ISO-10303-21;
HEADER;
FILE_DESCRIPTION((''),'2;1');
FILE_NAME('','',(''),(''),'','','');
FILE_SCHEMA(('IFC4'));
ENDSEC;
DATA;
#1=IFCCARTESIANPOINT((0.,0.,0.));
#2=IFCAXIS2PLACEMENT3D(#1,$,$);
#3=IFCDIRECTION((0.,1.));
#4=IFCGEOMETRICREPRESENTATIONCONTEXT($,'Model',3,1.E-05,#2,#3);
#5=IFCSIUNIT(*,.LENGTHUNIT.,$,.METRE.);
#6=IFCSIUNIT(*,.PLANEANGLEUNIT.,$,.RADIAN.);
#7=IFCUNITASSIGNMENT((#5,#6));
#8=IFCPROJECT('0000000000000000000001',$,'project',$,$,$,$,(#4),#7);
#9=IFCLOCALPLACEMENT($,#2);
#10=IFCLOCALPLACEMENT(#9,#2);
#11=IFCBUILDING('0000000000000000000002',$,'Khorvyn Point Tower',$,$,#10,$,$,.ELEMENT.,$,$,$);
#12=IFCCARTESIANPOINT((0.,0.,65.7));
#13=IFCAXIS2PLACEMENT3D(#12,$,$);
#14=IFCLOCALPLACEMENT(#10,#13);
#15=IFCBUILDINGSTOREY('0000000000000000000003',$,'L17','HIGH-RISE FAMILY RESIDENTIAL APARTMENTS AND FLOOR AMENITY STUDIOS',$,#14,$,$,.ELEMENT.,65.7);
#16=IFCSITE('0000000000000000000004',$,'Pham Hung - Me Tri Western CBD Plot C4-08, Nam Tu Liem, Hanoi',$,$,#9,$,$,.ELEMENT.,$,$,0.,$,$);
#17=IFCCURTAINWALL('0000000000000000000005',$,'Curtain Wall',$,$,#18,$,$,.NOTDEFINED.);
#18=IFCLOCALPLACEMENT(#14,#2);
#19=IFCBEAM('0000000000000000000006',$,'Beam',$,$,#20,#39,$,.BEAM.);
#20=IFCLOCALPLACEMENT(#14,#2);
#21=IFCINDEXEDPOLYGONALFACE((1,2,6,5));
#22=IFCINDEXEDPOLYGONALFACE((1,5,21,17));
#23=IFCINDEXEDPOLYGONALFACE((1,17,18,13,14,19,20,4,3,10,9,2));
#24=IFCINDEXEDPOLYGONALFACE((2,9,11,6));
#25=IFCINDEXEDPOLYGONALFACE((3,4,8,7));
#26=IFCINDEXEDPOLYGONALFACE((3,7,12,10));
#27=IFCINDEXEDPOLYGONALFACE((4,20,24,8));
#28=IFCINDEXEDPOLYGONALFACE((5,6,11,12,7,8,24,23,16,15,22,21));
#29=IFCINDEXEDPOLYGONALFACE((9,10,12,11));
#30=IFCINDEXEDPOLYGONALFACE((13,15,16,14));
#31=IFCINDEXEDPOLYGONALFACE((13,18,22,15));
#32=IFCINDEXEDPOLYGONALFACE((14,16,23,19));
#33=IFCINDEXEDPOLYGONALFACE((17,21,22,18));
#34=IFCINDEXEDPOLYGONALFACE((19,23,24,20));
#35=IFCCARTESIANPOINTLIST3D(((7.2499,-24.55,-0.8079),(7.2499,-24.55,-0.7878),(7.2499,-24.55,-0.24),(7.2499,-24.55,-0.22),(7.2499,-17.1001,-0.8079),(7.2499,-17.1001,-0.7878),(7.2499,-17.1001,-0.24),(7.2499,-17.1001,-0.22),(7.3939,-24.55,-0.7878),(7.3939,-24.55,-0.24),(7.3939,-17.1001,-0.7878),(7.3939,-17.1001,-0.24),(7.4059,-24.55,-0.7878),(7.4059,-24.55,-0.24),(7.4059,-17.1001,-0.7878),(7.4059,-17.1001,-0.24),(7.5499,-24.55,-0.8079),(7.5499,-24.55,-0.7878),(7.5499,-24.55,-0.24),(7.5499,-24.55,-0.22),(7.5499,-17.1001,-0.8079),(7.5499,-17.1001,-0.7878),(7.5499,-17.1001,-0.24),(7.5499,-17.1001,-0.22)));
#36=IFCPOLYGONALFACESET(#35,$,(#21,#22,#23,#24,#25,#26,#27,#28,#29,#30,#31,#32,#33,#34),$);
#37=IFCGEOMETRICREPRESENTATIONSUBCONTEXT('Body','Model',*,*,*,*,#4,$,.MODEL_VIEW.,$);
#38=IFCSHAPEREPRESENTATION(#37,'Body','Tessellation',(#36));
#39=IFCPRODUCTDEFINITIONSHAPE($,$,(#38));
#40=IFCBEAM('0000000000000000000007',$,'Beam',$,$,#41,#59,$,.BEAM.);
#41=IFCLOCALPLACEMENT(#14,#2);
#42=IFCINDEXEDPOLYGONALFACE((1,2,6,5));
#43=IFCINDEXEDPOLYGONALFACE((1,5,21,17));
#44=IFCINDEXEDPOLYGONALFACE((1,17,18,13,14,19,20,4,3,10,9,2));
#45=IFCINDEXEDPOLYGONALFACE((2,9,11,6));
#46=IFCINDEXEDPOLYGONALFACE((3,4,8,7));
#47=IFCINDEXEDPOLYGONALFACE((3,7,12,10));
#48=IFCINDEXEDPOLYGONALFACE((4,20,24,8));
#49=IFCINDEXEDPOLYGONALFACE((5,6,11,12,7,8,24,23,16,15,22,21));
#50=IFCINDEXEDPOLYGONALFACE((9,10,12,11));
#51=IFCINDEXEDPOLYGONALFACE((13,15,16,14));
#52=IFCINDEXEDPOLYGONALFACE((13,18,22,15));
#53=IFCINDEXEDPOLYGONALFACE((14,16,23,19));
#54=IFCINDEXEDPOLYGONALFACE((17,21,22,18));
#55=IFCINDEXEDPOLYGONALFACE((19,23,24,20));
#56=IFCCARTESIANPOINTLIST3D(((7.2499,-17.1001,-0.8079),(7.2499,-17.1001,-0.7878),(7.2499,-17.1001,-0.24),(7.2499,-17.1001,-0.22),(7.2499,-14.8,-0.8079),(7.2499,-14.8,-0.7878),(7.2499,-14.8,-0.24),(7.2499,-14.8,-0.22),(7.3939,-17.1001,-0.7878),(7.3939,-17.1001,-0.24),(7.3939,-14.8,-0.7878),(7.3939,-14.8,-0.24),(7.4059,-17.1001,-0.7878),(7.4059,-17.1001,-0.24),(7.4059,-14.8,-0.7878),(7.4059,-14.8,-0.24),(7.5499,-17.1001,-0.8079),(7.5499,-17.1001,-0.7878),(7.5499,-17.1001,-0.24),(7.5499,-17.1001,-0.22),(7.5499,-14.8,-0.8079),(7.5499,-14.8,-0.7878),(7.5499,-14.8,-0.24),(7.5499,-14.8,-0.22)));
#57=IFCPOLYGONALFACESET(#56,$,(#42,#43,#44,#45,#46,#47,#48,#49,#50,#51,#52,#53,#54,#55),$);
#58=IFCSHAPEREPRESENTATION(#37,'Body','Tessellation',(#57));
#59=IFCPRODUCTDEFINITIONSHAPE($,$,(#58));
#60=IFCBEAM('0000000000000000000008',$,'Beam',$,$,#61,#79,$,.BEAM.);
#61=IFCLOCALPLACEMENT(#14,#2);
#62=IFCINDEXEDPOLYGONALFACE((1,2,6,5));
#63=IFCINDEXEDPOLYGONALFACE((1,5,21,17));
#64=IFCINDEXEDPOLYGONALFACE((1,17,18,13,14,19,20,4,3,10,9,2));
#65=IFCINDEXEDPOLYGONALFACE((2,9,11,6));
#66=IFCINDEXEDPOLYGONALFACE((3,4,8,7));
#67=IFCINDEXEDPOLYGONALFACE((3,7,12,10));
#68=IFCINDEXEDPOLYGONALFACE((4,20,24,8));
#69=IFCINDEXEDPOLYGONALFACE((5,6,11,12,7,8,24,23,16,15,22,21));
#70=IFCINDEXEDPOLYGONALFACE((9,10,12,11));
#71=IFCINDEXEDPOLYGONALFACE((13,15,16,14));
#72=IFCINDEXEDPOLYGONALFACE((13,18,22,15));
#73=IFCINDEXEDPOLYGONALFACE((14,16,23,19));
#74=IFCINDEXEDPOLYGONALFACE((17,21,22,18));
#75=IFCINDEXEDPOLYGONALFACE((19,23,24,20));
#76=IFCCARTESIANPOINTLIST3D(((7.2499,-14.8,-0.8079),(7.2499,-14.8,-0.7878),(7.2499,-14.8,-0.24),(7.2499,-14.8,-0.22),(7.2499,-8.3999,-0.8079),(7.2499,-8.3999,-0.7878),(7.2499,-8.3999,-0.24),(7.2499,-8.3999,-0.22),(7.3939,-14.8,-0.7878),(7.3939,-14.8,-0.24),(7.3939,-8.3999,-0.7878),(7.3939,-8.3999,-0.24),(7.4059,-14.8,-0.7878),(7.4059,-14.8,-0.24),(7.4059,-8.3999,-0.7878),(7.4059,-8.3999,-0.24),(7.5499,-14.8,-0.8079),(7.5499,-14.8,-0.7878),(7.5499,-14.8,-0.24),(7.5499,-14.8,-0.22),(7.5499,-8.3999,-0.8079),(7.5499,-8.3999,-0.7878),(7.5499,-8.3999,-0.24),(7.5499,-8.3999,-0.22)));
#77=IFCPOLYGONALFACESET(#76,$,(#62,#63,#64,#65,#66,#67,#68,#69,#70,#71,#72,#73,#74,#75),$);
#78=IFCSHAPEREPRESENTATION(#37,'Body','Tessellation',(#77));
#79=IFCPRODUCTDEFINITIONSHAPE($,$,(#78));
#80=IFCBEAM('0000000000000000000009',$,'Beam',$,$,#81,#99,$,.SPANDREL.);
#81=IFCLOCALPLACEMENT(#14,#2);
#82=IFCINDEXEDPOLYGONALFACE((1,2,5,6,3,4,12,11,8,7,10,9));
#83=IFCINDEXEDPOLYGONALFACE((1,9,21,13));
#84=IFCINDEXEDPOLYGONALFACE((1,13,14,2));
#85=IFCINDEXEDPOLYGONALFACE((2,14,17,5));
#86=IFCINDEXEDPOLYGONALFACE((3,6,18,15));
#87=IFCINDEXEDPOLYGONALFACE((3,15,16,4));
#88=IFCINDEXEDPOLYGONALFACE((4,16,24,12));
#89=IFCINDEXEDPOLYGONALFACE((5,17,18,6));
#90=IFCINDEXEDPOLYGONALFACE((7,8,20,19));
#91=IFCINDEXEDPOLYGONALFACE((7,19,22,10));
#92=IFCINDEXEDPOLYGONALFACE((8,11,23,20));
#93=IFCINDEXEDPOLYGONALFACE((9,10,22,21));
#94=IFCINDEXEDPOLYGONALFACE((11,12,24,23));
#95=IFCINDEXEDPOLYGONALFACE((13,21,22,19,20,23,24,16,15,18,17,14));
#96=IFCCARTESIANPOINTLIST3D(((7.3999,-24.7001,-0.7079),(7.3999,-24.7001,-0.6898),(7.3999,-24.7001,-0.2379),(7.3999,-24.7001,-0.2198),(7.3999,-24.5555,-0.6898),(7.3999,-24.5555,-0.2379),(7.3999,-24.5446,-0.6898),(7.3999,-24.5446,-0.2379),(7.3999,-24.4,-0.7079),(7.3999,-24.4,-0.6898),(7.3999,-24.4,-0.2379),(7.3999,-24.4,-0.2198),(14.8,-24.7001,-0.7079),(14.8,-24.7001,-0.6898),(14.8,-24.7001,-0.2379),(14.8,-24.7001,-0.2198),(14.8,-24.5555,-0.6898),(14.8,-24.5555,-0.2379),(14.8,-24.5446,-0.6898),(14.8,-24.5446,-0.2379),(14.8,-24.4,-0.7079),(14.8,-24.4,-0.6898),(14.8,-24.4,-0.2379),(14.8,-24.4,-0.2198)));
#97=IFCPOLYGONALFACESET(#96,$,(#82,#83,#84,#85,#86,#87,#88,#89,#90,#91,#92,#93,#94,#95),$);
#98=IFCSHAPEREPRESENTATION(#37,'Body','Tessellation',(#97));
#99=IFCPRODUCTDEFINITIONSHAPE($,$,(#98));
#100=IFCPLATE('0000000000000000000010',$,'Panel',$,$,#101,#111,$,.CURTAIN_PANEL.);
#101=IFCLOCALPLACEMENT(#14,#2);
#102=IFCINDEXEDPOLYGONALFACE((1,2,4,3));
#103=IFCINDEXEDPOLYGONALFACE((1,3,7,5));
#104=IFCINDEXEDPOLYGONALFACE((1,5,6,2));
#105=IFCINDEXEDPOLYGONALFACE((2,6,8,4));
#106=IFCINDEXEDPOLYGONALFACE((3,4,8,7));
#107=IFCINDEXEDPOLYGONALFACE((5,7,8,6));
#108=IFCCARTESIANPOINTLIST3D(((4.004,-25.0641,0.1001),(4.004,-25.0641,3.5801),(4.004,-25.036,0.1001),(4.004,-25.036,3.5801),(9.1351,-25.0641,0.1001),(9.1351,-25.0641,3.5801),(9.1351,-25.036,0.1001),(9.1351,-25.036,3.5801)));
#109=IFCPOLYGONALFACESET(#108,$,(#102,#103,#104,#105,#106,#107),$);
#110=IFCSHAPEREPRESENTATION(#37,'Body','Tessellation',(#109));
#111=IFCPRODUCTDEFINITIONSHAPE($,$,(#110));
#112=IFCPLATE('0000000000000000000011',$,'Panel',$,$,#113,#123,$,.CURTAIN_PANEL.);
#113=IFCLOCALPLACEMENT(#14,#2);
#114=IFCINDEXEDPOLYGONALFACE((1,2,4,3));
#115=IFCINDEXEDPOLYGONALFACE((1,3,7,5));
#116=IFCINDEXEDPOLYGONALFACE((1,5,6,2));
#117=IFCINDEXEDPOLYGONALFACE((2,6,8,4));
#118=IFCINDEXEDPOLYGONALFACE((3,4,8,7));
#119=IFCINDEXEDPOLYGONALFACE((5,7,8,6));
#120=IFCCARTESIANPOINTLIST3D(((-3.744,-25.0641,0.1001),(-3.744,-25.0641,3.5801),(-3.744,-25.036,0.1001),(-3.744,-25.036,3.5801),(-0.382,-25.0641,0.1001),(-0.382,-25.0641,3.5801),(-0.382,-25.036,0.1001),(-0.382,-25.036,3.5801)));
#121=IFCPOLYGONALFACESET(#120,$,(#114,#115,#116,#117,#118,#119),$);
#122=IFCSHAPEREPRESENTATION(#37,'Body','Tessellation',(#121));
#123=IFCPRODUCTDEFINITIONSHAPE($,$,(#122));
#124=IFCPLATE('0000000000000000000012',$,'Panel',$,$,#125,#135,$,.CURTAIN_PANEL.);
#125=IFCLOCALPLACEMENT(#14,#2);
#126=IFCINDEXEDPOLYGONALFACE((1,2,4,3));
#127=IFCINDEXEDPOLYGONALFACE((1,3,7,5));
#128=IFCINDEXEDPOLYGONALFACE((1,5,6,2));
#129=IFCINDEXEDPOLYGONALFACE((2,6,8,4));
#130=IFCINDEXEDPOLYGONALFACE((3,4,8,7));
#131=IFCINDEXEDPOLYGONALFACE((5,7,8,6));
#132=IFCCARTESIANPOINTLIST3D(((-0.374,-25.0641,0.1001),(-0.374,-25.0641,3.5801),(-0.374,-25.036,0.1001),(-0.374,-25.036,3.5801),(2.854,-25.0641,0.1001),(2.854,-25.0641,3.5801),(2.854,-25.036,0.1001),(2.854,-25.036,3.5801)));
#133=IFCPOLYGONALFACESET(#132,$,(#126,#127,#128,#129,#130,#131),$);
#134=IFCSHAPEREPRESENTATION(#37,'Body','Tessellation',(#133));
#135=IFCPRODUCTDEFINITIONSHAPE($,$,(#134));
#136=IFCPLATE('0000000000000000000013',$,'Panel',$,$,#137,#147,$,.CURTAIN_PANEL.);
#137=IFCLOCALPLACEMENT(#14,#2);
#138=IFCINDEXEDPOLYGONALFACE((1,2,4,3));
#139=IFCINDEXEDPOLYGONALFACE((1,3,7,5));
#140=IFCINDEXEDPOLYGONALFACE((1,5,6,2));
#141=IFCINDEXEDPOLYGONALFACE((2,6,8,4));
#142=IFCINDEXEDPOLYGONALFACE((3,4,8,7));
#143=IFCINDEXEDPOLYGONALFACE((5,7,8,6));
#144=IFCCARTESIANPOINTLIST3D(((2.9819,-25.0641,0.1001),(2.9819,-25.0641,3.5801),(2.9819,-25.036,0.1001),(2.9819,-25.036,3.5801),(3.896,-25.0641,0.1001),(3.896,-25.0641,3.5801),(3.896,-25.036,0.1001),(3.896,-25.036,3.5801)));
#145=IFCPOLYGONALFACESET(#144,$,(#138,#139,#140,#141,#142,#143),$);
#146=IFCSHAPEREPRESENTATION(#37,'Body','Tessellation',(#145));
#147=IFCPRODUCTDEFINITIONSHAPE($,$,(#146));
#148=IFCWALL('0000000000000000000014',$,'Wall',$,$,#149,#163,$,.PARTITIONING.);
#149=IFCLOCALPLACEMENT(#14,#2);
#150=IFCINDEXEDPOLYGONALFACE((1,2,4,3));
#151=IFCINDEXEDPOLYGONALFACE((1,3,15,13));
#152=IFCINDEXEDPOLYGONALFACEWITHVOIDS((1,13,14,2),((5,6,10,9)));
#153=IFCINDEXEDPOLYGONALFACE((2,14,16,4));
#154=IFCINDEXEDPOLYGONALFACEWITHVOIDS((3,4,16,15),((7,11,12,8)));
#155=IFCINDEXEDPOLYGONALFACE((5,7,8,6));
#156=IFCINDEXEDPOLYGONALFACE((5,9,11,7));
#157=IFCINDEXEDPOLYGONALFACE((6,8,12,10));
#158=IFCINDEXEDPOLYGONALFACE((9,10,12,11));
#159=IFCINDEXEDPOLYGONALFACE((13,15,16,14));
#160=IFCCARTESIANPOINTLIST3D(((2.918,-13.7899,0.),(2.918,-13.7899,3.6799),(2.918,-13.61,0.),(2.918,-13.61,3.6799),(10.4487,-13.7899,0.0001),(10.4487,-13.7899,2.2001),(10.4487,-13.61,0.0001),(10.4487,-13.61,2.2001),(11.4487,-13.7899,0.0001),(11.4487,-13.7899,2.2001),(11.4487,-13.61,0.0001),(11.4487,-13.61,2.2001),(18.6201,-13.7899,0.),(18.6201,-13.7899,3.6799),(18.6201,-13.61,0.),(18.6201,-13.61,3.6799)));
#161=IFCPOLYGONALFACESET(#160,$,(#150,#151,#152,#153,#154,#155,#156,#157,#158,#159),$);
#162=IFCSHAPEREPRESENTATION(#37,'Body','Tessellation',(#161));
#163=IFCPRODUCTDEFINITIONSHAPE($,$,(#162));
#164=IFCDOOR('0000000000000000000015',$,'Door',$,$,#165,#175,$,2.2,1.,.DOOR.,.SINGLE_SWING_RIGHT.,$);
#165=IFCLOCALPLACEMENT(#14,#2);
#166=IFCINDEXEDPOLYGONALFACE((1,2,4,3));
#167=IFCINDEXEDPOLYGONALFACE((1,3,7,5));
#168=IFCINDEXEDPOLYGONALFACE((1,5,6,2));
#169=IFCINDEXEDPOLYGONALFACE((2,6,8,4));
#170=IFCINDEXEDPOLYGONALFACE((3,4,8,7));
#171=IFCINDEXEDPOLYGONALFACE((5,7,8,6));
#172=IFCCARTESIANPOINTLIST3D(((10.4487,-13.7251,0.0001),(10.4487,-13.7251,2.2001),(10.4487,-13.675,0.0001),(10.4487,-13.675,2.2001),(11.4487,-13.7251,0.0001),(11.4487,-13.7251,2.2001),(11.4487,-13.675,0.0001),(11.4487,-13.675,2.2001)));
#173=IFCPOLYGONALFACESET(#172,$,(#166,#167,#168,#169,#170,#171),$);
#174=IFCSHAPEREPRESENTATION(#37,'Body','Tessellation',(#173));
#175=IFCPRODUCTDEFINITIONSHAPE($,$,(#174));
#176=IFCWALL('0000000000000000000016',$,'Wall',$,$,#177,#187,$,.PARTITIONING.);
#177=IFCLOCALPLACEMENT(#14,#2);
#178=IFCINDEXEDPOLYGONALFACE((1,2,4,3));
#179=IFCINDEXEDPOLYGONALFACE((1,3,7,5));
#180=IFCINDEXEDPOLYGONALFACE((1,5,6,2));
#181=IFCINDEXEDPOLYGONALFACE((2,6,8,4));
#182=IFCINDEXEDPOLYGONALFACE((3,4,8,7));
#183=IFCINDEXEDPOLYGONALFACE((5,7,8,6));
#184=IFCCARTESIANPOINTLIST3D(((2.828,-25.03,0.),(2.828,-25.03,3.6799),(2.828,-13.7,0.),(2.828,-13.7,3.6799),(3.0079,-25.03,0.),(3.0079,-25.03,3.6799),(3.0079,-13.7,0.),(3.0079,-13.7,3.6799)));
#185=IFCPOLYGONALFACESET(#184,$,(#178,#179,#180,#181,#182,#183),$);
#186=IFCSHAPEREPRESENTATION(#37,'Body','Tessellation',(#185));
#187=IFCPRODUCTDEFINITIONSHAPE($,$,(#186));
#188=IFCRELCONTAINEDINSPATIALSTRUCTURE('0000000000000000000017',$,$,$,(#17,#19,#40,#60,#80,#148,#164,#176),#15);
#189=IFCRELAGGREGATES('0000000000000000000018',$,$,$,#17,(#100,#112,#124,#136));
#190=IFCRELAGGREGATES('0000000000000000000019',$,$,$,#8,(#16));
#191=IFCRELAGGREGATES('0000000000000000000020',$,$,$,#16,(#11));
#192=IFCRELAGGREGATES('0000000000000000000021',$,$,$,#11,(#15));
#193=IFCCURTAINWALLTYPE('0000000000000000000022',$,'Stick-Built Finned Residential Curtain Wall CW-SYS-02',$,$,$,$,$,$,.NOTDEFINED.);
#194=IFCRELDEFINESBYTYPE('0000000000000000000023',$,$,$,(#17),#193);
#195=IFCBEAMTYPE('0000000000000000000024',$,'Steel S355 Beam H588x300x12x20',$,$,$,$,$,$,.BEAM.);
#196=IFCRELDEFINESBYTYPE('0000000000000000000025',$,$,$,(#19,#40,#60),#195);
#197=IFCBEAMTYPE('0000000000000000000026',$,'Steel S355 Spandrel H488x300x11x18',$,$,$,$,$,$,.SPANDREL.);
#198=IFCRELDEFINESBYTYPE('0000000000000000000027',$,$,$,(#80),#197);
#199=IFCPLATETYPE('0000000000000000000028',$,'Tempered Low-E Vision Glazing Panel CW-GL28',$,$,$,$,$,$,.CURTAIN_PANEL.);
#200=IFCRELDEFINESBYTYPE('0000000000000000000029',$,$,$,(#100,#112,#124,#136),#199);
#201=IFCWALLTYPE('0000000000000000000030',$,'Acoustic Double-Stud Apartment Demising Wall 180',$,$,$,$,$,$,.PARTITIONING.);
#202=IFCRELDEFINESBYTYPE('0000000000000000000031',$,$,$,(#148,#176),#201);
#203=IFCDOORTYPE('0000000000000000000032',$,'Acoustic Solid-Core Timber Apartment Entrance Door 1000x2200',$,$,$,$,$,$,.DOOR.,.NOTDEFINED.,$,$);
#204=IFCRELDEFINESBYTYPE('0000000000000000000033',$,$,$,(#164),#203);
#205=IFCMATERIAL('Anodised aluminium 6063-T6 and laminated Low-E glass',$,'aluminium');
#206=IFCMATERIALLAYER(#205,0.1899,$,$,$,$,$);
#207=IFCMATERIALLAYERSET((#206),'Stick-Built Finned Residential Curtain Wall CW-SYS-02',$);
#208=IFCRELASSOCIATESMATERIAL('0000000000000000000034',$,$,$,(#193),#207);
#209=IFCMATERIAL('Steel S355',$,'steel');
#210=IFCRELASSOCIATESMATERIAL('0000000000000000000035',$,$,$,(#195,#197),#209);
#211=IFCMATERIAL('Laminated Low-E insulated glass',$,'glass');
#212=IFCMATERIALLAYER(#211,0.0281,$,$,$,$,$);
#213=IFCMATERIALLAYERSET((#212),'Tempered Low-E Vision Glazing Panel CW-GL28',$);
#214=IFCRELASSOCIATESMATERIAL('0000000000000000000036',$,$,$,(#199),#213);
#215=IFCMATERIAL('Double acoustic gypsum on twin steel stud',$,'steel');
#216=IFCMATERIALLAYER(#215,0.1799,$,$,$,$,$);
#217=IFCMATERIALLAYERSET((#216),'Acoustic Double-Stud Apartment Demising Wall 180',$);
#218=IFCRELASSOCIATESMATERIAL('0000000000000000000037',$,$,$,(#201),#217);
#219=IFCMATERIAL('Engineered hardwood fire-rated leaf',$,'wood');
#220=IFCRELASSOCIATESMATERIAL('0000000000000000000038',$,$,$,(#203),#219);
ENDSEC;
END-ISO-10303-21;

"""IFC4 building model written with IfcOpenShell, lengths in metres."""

from ifc_helpers import new_model, si_unit, direction, frame, frame_2d, origin, origin_2d, place, context, subcontext, project, spatial, rectangle, i_section, extrude, material, layer, layer_set, material_profile, profile_set, type_object, element, fill, aggregate, save


model = new_model("IFC4")

# Units and contexts
model_context = context("Model", 3, precision=1e-05, world=origin(), true_north=direction((0.0, 1.0)))
body_context = subcontext(model_context, "Body", "Model", "MODEL_VIEW")
ifc_project = project(units=[si_unit("LENGTHUNIT", "METRE"), si_unit("PLANEANGLEUNIT", "RADIAN")], contexts=[model_context])

# Site, building, storey
site_placement = place(None, origin())
site = spatial("IfcSite", under=ifc_project, at=site_placement, Name="Pham Hung - Me Tri Western CBD Plot C4-08, Nam Tu Liem, Hanoi", CompositionType="ELEMENT", RefElevation=0.0)
building_placement = place(site_placement, origin())
building = spatial("IfcBuilding", under=site, at=building_placement, Name="Khorvyn Point Tower", CompositionType="ELEMENT")
storey_placement = place(building_placement, frame((0.0, 0.0, 65.7)))
storey = spatial("IfcBuildingStorey", under=building, at=storey_placement, Name="L17", Description="HIGH-RISE FAMILY RESIDENTIAL APARTMENTS AND FLOOR AMENITY STUDIOS", CompositionType="ELEMENT", Elevation=65.7)

# Curtain wall
ifc_material_1 = material(Name="Anodised aluminium 6063-T6 and laminated Low-E glass", Category="aluminium")
ifc_layer_1 = layer(ifc_material_1, 0.1899)
ifc_layer_set_1 = layer_set([ifc_layer_1], Name="Stick-Built Finned Residential Curtain Wall CW-SYS-02")
curtain_wall_type = type_object("IfcCurtainWallType", Name="Stick-Built Finned Residential Curtain Wall CW-SYS-02", PredefinedType="NOTDEFINED", material=ifc_layer_set_1)
curtain_wall_placement = place(storey_placement, origin())
curtain_wall = element("IfcCurtainWall", 1, at=curtain_wall_placement, inside=storey, type_object=curtain_wall_type, Name="Curtain Wall", PredefinedType="NOTDEFINED")

# Beams
ifc_material_2 = material(Name="Steel S355", Category="steel")
ifc_material_profile_1 = material_profile(ifc_material_2, i_section(OverallWidth=0.3, OverallDepth=0.5879, WebThickness=0.012, FlangeThickness=0.02, at=origin_2d()))
ifc_profile_set_1 = profile_set([ifc_material_profile_1], Name="Steel S355 H588x300x12x20")
beam_type_1 = type_object("IfcBeamType", Name="Steel S355 Beam H588x300x12x20", PredefinedType="BEAM", material=ifc_profile_set_1)
beam_1_placement = place(storey_placement, frame((7.3999, -24.55, -0.5139), z_axis=(0.0, 1.0, 0.0), x_axis=(-1.0, 0.0, 0.0)))
element("IfcBeam", 2, at=beam_1_placement, inside=storey, type_object=beam_type_1, Name="Beam", PredefinedType="BEAM", context=body_context, shape_type="SweptSolid", body=[
    extrude(i_section(OverallWidth=0.3, OverallDepth=0.5879, WebThickness=0.012, FlangeThickness=0.02, at=origin_2d()), origin(), (0.0, 0.0, 1.0), 7.45),
])
beam_2_placement = place(storey_placement, frame((7.3999, -17.1001, -0.5139), z_axis=(0.0, 1.0, 0.0), x_axis=(-1.0, 0.0, 0.0)))
element("IfcBeam", 3, at=beam_2_placement, inside=storey, type_object=beam_type_1, Name="Beam", PredefinedType="BEAM", context=body_context, shape_type="SweptSolid", body=[
    extrude(i_section(OverallWidth=0.3, OverallDepth=0.5879, WebThickness=0.012, FlangeThickness=0.02, at=origin_2d()), origin(), (0.0, 0.0, 1.0), 2.3),
])
beam_3_placement = place(storey_placement, frame((7.3999, -14.8, -0.5139), z_axis=(0.0, 1.0, 0.0), x_axis=(-1.0, 0.0, 0.0)))
element("IfcBeam", 4, at=beam_3_placement, inside=storey, type_object=beam_type_1, Name="Beam", PredefinedType="BEAM", context=body_context, shape_type="SweptSolid", body=[
    extrude(i_section(OverallWidth=0.3, OverallDepth=0.5879, WebThickness=0.012, FlangeThickness=0.02, at=origin_2d()), origin(), (0.0, 0.0, 1.0), 6.4001),
])
ifc_material_profile_2 = material_profile(ifc_material_2, i_section(OverallWidth=0.3, OverallDepth=0.488, WebThickness=0.011, FlangeThickness=0.0181, at=origin_2d()))
ifc_profile_set_2 = profile_set([ifc_material_profile_2], Name="Steel S355 H488x300x11x18")
beam_type_2 = type_object("IfcBeamType", Name="Steel S355 Spandrel H488x300x11x18", PredefinedType="SPANDREL", material=ifc_profile_set_2)
beam_4_placement = place(storey_placement, frame((7.3999, -24.55, -0.4639), z_axis=(1.0, 0.0, 0.0), x_axis=(0.0, 1.0, 0.0)))
element("IfcBeam", 5, at=beam_4_placement, inside=storey, type_object=beam_type_2, Name="Beam", PredefinedType="SPANDREL", context=body_context, shape_type="SweptSolid", body=[
    extrude(i_section(OverallWidth=0.3, OverallDepth=0.488, WebThickness=0.011, FlangeThickness=0.0181, at=origin_2d()), origin(), (0.0, 0.0, 1.0), 7.4001),
])

# Plates
ifc_material_3 = material(Name="Laminated Low-E insulated glass", Category="glass")
ifc_layer_2 = layer(ifc_material_3, 0.0281)
ifc_layer_set_2 = layer_set([ifc_layer_2], Name="Tempered Low-E Vision Glazing Panel CW-GL28")
plate_type = type_object("IfcPlateType", Name="Tempered Low-E Vision Glazing Panel CW-GL28", PredefinedType="CURTAIN_PANEL", material=ifc_layer_set_2)
plate_1_placement = place(storey_placement, frame((6.5696, -25.05, 0.1001), z_axis=(0.0, 0.0, 1.0), x_axis=(-1.0, 0.0, 0.0)))
plate_1 = element("IfcPlate", 6, at=plate_1_placement, type_object=plate_type, Name="Panel", PredefinedType="CURTAIN_PANEL", context=body_context, shape_type="SweptSolid", body=[
    extrude(rectangle(XDim=5.1311, YDim=0.0281, at=origin_2d()), origin(), (0.0, 0.0, 1.0), 3.48),
])
plate_2_placement = place(storey_placement, frame((-2.063, -25.05, 0.1001), z_axis=(0.0, 0.0, 1.0), x_axis=(-1.0, 0.0, 0.0)))
plate_2 = element("IfcPlate", 7, at=plate_2_placement, type_object=plate_type, Name="Panel", PredefinedType="CURTAIN_PANEL", context=body_context, shape_type="SweptSolid", body=[
    extrude(rectangle(XDim=3.3621, YDim=0.0281, at=origin_2d()), origin(), (0.0, 0.0, 1.0), 3.48),
])
plate_3_placement = place(storey_placement, frame((1.24, -25.05, 0.1001), z_axis=(0.0, 0.0, 1.0), x_axis=(-1.0, 0.0, 0.0)))
plate_3 = element("IfcPlate", 8, at=plate_3_placement, type_object=plate_type, Name="Panel", PredefinedType="CURTAIN_PANEL", context=body_context, shape_type="SweptSolid", body=[
    extrude(rectangle(XDim=3.228, YDim=0.0281, at=origin_2d()), origin(), (0.0, 0.0, 1.0), 3.48),
])
plate_4_placement = place(storey_placement, frame((3.439, -25.05, 0.1001), z_axis=(0.0, 0.0, 1.0), x_axis=(-1.0, 0.0, 0.0)))
plate_4 = element("IfcPlate", 9, at=plate_4_placement, type_object=plate_type, Name="Panel", PredefinedType="CURTAIN_PANEL", context=body_context, shape_type="SweptSolid", body=[
    extrude(rectangle(XDim=0.9141, YDim=0.0281, at=origin_2d()), origin(), (0.0, 0.0, 1.0), 3.48),
])
aggregate(curtain_wall, [plate_1, plate_2, plate_3, plate_4])

# Wall, opening, door
ifc_material_4 = material(Name="Double acoustic gypsum on twin steel stud", Category="steel")
ifc_layer_3 = layer(ifc_material_4, 0.1799)
ifc_layer_set_3 = layer_set([ifc_layer_3], Name="Acoustic Double-Stud Apartment Demising Wall 180")
wall_type_1 = type_object("IfcWallType", Name="Acoustic Double-Stud Apartment Demising Wall 180", PredefinedType="PARTITIONING", material=ifc_layer_set_3)
wall_1_placement = place(storey_placement, frame((2.918, -13.7, 0.0), z_axis=(0.0, 0.0, 1.0), x_axis=(1.0, 0.0, 0.0)))
wall_1 = element("IfcWall", 10, at=wall_1_placement, inside=storey, type_object=wall_type_1, Name="Wall", PredefinedType="PARTITIONING", context=body_context, shape_type="SweptSolid", body=[
    extrude(rectangle(XDim=15.7021, YDim=0.1799, at=frame_2d((7.8511, 0.0))), origin(), (0.0, 0.0, 1.0), 3.6799),
])
opening_1_placement = place(wall_1_placement, frame((7.5308, 0.0, 0.0)))
opening_1 = element("IfcOpeningElement", 11, at=opening_1_placement, cuts=wall_1, PredefinedType="OPENING", context=body_context, shape_type="SweptSolid", body=[
    extrude(rectangle(XDim=1.0, YDim=2.2, at=frame_2d((0.5, 1.1001))), frame((0.0, 0.0999, 0.0), z_axis=(0.0, -1.0, 0.0), x_axis=(1.0, 0.0, 0.0)), (0.0, 0.0, 1.0), 0.2),
])
ifc_material_5 = material(Name="Engineered hardwood fire-rated leaf", Category="wood")
door_type_1 = type_object("IfcDoorType", Name="Acoustic Solid-Core Timber Apartment Entrance Door 1000x2200", OperationType="NOTDEFINED", PredefinedType="DOOR", material=ifc_material_5)
door_1_placement = place(opening_1_placement, origin())
door_1 = element("IfcDoor", 12, at=door_1_placement, inside=storey, type_object=door_type_1, Name="Door", OperationType="SINGLE_SWING_RIGHT", OverallHeight=2.2, OverallWidth=1.0, PredefinedType="DOOR", context=body_context, shape_type="SweptSolid", body=[
    extrude(rectangle(XDim=1.0, YDim=2.2, at=frame_2d((0.5, 1.1001))), frame((0.0, 0.0249, 0.0), z_axis=(0.0, -1.0, 0.0), x_axis=(1.0, 0.0, 0.0)), (0.0, 0.0, 1.0), 0.05),
])
fill(opening_1, door_1)

# Wall
wall_2_placement = place(storey_placement, frame((2.918, -25.03, 0.0), z_axis=(0.0, 0.0, 1.0), x_axis=(0.0, 1.0, 0.0)))
element("IfcWall", 13, at=wall_2_placement, inside=storey, type_object=wall_type_1, Name="Wall", PredefinedType="PARTITIONING", context=body_context, shape_type="SweptSolid", body=[
    extrude(rectangle(XDim=11.3301, YDim=0.1799, at=frame_2d((5.665, 0.0))), origin(), (0.0, 0.0, 1.0), 3.6799),
])

save(model, "model.ifc")
